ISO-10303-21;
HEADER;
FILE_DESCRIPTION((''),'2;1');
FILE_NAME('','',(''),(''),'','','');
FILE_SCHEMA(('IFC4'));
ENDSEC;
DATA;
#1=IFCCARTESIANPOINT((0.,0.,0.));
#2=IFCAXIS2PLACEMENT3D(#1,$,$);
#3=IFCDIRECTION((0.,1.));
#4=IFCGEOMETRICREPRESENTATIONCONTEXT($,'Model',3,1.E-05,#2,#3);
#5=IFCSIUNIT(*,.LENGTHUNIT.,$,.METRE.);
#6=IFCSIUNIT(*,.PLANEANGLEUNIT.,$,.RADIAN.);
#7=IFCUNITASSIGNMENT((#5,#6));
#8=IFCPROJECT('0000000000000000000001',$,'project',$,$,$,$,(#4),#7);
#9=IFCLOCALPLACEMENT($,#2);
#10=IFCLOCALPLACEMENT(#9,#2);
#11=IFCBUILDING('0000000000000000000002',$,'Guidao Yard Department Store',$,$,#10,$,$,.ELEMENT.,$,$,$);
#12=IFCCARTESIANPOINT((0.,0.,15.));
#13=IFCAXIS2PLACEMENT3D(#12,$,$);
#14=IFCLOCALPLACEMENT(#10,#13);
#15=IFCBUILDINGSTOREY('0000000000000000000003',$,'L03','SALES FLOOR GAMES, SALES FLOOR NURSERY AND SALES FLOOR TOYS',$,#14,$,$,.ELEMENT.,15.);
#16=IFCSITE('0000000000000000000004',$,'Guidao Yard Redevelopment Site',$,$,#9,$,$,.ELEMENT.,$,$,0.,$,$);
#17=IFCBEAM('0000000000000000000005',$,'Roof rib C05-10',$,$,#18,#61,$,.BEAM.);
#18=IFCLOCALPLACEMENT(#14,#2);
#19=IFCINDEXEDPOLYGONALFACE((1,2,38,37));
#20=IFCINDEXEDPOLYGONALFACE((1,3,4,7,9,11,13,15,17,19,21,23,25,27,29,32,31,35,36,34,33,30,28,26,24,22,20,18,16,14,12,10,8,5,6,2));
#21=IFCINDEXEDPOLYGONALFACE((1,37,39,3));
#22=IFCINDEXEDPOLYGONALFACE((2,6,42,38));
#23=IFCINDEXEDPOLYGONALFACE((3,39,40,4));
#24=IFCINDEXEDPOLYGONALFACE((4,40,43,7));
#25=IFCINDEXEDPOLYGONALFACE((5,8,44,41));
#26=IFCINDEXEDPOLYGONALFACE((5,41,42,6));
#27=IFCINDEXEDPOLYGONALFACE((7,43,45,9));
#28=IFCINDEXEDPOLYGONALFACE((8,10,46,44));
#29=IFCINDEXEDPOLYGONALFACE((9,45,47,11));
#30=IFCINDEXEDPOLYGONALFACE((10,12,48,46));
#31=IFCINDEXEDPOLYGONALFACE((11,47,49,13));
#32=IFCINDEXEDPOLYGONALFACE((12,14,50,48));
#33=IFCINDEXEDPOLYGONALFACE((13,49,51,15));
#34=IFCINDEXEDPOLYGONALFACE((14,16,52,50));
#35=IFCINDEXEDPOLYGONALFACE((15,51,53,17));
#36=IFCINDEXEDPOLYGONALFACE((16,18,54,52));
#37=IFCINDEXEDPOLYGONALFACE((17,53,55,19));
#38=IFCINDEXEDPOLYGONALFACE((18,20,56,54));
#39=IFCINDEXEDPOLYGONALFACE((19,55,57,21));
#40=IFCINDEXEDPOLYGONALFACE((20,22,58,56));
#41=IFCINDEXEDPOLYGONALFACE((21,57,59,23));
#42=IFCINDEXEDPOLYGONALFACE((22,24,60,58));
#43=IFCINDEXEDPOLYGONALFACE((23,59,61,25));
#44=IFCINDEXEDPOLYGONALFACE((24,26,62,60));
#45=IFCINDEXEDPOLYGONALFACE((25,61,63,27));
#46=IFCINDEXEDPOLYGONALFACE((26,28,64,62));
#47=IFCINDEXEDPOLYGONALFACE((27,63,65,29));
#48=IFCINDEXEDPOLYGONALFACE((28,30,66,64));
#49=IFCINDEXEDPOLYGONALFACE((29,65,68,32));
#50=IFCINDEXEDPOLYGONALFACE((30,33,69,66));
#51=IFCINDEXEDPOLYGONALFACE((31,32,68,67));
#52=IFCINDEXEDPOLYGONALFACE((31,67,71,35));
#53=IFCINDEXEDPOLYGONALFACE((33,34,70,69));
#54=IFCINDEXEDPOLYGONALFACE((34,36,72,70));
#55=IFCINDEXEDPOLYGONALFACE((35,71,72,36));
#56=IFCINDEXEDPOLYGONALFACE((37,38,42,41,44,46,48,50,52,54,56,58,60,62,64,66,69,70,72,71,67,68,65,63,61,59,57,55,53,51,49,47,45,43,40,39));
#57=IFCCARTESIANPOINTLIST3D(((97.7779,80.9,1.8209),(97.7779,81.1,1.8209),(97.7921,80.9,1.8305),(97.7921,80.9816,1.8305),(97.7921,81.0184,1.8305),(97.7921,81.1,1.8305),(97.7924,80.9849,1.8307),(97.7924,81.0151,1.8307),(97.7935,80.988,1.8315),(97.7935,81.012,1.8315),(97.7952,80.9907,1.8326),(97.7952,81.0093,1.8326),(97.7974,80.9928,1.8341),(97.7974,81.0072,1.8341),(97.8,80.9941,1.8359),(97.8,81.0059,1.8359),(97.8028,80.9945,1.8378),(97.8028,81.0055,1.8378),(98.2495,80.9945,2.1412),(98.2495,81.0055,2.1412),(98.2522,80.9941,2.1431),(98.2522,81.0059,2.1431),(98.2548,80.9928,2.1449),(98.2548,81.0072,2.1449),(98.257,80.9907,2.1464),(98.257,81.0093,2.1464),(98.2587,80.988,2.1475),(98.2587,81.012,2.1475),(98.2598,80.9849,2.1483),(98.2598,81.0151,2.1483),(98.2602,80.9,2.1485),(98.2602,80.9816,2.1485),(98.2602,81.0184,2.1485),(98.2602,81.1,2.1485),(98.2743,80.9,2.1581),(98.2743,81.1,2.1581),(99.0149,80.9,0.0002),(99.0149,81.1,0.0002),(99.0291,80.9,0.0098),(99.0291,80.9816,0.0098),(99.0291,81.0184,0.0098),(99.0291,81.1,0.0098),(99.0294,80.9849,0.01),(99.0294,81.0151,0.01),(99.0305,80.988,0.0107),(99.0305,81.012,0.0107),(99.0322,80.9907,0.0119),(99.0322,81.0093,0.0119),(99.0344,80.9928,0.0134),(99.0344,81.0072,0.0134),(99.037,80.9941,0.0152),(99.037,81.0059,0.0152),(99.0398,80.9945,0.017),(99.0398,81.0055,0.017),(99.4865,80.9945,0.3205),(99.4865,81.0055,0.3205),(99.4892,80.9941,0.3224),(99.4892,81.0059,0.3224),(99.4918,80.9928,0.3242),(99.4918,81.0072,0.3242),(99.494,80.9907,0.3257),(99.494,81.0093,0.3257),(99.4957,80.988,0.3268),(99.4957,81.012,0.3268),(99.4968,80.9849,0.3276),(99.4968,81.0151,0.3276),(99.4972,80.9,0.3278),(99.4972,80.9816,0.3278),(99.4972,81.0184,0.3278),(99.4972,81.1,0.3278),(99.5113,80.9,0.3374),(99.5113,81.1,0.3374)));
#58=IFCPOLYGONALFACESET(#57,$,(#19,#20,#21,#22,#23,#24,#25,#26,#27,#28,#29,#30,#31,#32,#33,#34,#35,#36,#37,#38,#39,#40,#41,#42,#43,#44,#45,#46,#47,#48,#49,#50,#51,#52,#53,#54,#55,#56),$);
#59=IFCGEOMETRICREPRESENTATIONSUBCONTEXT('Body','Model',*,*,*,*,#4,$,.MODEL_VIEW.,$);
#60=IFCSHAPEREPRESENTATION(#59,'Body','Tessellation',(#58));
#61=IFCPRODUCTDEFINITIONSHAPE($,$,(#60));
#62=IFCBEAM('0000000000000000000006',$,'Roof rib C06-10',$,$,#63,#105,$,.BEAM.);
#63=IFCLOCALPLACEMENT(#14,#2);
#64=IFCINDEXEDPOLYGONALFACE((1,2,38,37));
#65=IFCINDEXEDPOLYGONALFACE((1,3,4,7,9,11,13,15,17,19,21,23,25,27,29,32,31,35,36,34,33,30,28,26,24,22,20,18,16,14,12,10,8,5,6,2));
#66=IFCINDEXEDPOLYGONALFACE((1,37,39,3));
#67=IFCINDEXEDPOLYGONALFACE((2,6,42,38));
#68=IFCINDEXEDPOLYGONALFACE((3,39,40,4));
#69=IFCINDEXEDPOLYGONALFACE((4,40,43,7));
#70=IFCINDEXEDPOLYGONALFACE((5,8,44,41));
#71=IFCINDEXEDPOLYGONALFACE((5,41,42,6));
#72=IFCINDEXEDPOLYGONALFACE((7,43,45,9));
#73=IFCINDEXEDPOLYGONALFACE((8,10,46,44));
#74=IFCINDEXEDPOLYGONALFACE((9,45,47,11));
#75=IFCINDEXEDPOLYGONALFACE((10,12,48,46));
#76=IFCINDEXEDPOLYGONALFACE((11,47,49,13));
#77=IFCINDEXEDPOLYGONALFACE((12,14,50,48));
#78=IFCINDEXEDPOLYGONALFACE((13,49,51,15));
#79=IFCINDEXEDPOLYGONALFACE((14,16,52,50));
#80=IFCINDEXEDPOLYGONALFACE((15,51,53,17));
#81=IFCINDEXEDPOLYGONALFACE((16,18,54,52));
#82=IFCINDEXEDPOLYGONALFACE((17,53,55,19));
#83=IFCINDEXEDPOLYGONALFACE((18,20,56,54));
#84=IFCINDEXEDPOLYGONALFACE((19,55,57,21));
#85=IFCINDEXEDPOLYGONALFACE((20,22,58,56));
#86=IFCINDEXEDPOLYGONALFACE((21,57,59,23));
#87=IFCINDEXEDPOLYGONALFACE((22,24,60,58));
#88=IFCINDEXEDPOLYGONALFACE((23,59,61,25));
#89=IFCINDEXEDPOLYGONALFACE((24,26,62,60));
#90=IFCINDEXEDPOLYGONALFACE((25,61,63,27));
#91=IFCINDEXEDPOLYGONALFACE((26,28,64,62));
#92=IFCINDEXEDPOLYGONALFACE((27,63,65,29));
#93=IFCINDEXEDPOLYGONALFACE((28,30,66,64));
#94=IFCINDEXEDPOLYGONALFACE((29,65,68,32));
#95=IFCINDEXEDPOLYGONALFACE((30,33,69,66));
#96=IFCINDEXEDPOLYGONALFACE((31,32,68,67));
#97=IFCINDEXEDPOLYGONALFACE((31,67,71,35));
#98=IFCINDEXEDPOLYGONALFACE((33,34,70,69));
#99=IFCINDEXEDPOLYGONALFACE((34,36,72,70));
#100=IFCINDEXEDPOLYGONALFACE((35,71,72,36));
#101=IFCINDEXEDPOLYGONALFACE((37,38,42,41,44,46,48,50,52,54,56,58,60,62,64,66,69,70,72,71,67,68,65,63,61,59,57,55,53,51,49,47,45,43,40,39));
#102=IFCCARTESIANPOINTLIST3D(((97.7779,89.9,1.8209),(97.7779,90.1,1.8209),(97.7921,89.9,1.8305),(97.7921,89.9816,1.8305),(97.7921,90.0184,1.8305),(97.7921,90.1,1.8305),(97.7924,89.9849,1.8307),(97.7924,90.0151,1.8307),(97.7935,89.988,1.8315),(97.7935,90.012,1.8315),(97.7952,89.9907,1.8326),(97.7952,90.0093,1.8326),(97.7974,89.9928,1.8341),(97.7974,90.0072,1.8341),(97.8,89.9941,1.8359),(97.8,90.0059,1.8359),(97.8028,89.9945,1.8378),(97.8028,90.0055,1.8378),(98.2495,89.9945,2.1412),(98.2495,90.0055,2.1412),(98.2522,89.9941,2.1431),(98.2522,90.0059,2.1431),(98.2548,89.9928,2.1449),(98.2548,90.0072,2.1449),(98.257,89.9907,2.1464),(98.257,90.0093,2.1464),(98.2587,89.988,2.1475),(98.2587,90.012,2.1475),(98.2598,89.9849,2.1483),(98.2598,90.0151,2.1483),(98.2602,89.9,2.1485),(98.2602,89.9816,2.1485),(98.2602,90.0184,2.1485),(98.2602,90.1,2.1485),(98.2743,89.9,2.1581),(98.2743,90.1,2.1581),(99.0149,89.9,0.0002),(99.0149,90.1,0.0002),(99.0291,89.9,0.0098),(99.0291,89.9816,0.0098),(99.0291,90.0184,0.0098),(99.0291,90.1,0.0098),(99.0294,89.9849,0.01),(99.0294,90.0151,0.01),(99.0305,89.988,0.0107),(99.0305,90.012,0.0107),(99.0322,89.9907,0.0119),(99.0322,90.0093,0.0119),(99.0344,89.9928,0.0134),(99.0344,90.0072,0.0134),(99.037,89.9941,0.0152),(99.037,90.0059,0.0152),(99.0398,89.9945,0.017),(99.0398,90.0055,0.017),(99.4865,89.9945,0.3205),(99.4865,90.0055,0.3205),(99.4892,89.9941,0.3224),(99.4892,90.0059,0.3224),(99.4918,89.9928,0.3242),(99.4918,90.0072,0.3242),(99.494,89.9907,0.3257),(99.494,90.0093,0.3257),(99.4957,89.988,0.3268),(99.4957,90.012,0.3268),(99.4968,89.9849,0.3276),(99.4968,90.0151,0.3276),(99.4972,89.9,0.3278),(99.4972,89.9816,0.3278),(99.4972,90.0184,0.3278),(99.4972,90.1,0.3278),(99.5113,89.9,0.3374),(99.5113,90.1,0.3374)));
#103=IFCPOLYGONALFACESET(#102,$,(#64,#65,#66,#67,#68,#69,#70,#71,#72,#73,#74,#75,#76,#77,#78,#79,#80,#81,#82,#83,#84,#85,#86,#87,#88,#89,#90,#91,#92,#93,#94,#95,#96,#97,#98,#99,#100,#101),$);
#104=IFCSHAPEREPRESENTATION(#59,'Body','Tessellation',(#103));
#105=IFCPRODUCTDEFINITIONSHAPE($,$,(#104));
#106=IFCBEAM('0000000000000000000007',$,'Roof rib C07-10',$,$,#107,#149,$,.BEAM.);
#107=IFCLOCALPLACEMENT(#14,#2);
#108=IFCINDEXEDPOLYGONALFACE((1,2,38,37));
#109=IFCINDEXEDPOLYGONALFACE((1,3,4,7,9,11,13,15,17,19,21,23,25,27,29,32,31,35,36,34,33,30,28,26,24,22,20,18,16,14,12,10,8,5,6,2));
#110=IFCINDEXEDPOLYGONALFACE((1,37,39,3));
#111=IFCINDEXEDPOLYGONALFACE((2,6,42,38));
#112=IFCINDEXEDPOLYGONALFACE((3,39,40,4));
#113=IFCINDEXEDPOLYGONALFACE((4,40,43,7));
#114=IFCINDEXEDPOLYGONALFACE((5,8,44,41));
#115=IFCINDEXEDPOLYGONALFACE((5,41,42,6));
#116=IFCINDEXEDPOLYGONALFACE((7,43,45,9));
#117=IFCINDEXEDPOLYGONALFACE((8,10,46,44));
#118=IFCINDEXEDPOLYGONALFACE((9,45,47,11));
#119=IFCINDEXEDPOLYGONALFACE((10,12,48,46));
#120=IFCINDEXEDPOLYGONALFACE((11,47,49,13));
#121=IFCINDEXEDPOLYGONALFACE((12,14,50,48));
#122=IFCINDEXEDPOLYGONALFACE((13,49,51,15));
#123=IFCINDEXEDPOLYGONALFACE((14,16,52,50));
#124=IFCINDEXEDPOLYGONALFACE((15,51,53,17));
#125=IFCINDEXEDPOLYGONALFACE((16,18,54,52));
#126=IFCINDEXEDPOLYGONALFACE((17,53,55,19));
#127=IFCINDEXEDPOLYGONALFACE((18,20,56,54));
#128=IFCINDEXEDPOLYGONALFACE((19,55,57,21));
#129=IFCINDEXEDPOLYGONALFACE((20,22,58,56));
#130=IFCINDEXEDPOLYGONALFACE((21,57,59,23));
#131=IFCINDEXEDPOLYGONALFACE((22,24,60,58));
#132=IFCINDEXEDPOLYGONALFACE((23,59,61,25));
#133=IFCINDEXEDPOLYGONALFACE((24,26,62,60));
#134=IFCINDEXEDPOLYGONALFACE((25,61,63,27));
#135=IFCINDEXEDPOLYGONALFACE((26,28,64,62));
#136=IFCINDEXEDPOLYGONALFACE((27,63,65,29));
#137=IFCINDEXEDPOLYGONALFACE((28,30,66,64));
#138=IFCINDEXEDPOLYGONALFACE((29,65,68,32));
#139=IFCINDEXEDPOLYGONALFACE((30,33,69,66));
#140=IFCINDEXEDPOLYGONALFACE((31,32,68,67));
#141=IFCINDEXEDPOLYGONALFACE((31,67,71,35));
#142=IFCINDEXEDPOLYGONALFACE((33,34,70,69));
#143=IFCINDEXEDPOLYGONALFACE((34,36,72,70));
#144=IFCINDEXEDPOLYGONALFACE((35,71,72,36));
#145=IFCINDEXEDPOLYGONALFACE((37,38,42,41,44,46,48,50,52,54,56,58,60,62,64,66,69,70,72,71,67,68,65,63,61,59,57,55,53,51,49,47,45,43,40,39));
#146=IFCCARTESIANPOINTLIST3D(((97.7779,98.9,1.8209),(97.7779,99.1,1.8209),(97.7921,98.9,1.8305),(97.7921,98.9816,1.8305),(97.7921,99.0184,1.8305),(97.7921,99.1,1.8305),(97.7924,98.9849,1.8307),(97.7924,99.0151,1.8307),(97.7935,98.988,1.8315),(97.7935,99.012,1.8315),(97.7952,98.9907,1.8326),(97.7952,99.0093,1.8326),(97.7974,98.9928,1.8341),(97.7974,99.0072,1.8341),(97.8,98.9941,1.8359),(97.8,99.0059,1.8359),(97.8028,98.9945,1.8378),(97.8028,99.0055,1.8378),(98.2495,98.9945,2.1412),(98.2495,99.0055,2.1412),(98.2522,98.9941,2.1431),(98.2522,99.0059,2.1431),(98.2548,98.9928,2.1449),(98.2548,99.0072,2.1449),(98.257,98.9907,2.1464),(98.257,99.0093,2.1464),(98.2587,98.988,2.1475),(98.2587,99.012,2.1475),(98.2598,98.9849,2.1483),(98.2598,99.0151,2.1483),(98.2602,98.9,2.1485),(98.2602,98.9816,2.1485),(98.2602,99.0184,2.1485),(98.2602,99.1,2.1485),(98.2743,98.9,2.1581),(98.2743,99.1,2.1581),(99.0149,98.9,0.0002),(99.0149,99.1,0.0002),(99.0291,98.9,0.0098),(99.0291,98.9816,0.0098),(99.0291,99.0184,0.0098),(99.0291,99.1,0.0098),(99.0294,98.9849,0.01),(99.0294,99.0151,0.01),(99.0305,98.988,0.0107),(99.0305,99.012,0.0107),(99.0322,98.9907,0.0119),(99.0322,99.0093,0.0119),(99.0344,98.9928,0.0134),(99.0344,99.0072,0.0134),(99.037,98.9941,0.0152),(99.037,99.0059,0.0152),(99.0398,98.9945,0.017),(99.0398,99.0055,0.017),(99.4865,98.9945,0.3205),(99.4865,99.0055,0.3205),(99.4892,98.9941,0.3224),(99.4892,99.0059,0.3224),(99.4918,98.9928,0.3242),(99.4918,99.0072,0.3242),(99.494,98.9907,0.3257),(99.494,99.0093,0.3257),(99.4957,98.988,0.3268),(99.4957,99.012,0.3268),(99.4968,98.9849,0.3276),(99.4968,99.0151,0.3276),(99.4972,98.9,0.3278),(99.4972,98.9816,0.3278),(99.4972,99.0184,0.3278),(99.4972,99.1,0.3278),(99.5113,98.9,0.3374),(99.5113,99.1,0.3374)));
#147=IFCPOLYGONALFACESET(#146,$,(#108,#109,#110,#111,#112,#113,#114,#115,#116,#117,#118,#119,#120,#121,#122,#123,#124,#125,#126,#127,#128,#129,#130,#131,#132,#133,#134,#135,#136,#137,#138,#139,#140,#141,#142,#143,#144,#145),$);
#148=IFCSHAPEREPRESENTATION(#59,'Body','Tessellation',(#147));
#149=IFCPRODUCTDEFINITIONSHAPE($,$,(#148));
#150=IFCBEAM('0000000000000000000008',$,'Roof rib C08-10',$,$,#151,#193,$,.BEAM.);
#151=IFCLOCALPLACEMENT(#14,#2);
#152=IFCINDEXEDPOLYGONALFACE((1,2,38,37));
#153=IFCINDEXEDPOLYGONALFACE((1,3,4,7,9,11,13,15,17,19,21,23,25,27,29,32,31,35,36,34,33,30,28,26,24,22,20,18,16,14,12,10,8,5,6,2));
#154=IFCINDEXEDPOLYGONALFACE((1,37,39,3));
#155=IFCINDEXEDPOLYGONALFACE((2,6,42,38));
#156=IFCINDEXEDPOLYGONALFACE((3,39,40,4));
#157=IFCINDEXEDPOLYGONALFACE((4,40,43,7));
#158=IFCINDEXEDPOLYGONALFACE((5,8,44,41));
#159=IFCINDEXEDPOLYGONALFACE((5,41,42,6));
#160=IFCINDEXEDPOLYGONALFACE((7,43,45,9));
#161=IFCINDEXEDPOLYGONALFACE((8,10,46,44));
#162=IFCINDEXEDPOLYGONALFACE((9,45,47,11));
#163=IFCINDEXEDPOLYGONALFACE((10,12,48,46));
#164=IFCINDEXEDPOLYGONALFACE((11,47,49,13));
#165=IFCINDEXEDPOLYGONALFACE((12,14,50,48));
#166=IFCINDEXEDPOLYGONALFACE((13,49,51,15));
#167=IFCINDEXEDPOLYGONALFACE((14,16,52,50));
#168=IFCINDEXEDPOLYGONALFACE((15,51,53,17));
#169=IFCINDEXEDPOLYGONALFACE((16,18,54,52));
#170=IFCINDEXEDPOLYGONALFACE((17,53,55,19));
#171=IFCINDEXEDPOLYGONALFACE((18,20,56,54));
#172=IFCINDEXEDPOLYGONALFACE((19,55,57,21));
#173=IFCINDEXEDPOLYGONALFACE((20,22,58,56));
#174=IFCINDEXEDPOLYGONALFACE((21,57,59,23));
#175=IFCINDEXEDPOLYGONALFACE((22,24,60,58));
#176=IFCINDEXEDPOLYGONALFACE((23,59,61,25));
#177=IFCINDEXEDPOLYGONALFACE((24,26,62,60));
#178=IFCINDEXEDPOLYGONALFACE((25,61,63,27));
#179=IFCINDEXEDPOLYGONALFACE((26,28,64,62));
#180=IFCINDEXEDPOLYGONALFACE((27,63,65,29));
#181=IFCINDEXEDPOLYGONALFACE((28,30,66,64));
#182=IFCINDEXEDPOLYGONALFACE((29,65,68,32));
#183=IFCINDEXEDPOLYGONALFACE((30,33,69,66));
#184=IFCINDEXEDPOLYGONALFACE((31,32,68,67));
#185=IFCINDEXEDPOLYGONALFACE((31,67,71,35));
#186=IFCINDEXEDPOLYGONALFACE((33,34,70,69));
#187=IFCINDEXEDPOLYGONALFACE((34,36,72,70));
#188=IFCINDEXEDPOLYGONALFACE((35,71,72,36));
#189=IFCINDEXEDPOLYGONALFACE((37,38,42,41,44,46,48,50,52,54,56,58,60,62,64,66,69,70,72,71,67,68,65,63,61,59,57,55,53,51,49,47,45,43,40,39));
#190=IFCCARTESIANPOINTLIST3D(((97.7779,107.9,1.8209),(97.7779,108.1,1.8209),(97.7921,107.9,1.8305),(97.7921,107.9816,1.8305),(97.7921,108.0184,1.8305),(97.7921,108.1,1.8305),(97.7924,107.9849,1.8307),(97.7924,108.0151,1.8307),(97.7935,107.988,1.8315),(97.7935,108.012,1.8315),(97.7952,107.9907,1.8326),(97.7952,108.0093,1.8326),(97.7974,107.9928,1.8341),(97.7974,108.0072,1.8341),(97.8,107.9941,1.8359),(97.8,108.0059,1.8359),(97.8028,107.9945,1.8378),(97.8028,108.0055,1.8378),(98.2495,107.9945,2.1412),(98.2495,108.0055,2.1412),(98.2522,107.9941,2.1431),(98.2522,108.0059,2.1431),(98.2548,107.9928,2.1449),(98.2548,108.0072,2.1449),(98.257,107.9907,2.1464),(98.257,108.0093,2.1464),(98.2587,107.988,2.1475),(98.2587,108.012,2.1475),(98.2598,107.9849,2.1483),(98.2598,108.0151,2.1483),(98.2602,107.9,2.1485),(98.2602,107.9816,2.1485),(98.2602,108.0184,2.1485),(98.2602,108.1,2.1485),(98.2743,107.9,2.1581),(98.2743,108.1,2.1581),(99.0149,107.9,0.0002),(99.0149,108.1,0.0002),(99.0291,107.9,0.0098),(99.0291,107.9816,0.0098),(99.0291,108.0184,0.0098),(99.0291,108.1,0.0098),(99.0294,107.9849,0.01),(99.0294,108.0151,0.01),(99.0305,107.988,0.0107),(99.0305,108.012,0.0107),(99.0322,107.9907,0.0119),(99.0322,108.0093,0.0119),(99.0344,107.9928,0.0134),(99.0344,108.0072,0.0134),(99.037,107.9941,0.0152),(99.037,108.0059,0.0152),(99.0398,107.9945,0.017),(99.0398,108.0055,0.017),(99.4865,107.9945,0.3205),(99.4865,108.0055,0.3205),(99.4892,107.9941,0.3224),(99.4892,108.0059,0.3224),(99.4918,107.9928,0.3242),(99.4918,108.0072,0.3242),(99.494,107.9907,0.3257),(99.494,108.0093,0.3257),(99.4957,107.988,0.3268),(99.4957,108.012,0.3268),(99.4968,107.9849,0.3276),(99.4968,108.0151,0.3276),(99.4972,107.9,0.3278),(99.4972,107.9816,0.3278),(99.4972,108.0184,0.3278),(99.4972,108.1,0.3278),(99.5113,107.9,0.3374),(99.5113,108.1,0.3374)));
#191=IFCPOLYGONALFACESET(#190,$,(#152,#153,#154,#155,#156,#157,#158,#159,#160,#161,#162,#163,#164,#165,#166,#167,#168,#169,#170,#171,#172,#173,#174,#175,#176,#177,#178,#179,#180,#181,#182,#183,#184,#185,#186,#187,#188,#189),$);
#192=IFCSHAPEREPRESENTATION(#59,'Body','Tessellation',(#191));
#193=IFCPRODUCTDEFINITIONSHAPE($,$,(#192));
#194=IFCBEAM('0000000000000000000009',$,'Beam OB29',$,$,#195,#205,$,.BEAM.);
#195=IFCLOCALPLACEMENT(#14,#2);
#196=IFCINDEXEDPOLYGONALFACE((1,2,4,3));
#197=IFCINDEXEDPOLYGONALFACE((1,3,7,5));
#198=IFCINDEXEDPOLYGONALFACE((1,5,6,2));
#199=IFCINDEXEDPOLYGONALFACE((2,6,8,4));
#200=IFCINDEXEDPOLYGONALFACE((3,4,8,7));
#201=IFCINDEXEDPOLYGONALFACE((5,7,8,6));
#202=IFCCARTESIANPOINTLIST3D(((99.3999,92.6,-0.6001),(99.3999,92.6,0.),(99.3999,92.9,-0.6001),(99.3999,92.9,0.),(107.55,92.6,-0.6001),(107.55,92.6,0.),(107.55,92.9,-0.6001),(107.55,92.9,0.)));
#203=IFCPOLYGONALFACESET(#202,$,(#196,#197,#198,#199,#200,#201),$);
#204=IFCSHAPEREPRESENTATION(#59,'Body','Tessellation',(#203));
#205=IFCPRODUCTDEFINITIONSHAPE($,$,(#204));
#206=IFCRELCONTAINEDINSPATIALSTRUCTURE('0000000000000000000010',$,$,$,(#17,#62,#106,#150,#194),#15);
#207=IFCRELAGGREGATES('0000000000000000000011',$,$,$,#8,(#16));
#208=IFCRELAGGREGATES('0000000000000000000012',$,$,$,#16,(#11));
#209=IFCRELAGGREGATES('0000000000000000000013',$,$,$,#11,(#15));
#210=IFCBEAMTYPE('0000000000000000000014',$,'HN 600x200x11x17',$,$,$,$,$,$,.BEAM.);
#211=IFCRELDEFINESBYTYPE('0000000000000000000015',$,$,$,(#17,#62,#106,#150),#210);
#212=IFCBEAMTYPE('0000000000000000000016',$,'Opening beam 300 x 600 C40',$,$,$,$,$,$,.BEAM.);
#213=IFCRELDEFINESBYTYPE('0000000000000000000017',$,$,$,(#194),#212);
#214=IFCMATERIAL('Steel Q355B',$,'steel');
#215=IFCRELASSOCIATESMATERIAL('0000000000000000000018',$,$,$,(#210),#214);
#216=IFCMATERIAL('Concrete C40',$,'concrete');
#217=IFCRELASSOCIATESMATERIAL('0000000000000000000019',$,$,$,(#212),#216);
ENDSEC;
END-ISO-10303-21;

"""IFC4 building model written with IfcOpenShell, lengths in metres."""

from ifc_helpers import new_model, si_unit, direction, frame, origin, origin_2d, place, context, subcontext, project, spatial, rectangle, i_section, extrude, material, material_profile, profile_set, type_object, element, save


model = new_model("IFC4")

# Units and contexts
model_context = context("Model", 3, precision=1e-05, world=origin(), true_north=direction((0.0, 1.0)))
body_context = subcontext(model_context, "Body", "Model", "MODEL_VIEW")
ifc_project = project(units=[si_unit("LENGTHUNIT", "METRE"), si_unit("PLANEANGLEUNIT", "RADIAN")], contexts=[model_context])

# Site, building, storey
site_placement = place(None, origin())
site = spatial("IfcSite", under=ifc_project, at=site_placement, Name="Guidao Yard Redevelopment Site", CompositionType="ELEMENT", RefElevation=0.0)
building_placement = place(site_placement, origin())
building = spatial("IfcBuilding", under=site, at=building_placement, Name="Guidao Yard Department Store", CompositionType="ELEMENT")
storey_placement = place(building_placement, frame((0.0, 0.0, 15.0)))
storey = spatial("IfcBuildingStorey", under=building, at=storey_placement, Name="L03", Description="SALES FLOOR GAMES, SALES FLOOR NURSERY AND SALES FLOOR TOYS", CompositionType="ELEMENT", Elevation=15.0)

# Beams
ifc_material_1 = material(Name="Steel Q355B", Category="steel")
ifc_material_profile_1 = material_profile(ifc_material_1, i_section(OverallWidth=0.2, OverallDepth=0.6001, WebThickness=0.011, FlangeThickness=0.0171, FilletRadius=0.0129, at=origin_2d()), Name="HN 600x200x11x17")
ifc_profile_set_1 = profile_set([ifc_material_profile_1], Name="Steel Q355B")
beam_type_1 = type_object("IfcBeamType", Name="HN 600x200x11x17", PredefinedType="BEAM", material=ifc_profile_set_1)
for number, where, z_axis, x_axis, name in (
    (1, (98.0261, 81.0, 1.9895), (0.561973, 0.0, -0.827155), (0.0, 1.0, 0.0), "Roof rib C05-10"),
    (2, (98.0261, 90.0, 1.9895), (0.561973, 0.0, -0.827155), (0.0, 1.0, 0.0), "Roof rib C06-10"),
    (3, (98.0261, 99.0, 1.9895), (0.561973, 0.0, -0.827155), (0.0, 1.0, 0.0), "Roof rib C07-10"),
    (4, (98.0261, 108.0, 1.9895), (0.561973, 0.0, -0.827155), (0.0, 1.0, 0.0), "Roof rib C08-10"),
):
    element("IfcBeam", number, at=place(storey_placement, frame(where, z_axis=z_axis, x_axis=x_axis)), inside=storey, type_object=beam_type_1, Name=name, PredefinedType="BEAM", context=body_context, shape_type="SweptSolid", body=[
        extrude(i_section(OverallWidth=0.2, OverallDepth=0.6001, WebThickness=0.011, FlangeThickness=0.0171, FilletRadius=0.0129, at=origin_2d()), origin(), (0.0, 0.0, 1.0), 2.2012),
    ])
ifc_material_2 = material(Name="Concrete C40", Category="concrete")
ifc_material_profile_2 = material_profile(ifc_material_2, rectangle(XDim=0.3, YDim=0.6001, at=origin_2d()), Name="Opening beam 300 x 600 C40")
ifc_profile_set_2 = profile_set([ifc_material_profile_2], Name="Concrete C40")
beam_type_2 = type_object("IfcBeamType", Name="Opening beam 300 x 600 C40", PredefinedType="BEAM", material=ifc_profile_set_2)
for number, where, z_axis, x_axis, name in (
    (5, (99.3999, 92.75, -0.3), (1.0, 0.0, 0.0), (0.0, 1.0, 0.0), "Beam OB29"),
):
    element("IfcBeam", number, at=place(storey_placement, frame(where, z_axis=z_axis, x_axis=x_axis)), inside=storey, type_object=beam_type_2, Name=name, PredefinedType="BEAM", context=body_context, shape_type="SweptSolid", body=[
        extrude(rectangle(XDim=0.3, YDim=0.6001, at=origin_2d()), origin(), (0.0, 0.0, 1.0), 8.1501),
    ])

save(model, "model.ifc")
